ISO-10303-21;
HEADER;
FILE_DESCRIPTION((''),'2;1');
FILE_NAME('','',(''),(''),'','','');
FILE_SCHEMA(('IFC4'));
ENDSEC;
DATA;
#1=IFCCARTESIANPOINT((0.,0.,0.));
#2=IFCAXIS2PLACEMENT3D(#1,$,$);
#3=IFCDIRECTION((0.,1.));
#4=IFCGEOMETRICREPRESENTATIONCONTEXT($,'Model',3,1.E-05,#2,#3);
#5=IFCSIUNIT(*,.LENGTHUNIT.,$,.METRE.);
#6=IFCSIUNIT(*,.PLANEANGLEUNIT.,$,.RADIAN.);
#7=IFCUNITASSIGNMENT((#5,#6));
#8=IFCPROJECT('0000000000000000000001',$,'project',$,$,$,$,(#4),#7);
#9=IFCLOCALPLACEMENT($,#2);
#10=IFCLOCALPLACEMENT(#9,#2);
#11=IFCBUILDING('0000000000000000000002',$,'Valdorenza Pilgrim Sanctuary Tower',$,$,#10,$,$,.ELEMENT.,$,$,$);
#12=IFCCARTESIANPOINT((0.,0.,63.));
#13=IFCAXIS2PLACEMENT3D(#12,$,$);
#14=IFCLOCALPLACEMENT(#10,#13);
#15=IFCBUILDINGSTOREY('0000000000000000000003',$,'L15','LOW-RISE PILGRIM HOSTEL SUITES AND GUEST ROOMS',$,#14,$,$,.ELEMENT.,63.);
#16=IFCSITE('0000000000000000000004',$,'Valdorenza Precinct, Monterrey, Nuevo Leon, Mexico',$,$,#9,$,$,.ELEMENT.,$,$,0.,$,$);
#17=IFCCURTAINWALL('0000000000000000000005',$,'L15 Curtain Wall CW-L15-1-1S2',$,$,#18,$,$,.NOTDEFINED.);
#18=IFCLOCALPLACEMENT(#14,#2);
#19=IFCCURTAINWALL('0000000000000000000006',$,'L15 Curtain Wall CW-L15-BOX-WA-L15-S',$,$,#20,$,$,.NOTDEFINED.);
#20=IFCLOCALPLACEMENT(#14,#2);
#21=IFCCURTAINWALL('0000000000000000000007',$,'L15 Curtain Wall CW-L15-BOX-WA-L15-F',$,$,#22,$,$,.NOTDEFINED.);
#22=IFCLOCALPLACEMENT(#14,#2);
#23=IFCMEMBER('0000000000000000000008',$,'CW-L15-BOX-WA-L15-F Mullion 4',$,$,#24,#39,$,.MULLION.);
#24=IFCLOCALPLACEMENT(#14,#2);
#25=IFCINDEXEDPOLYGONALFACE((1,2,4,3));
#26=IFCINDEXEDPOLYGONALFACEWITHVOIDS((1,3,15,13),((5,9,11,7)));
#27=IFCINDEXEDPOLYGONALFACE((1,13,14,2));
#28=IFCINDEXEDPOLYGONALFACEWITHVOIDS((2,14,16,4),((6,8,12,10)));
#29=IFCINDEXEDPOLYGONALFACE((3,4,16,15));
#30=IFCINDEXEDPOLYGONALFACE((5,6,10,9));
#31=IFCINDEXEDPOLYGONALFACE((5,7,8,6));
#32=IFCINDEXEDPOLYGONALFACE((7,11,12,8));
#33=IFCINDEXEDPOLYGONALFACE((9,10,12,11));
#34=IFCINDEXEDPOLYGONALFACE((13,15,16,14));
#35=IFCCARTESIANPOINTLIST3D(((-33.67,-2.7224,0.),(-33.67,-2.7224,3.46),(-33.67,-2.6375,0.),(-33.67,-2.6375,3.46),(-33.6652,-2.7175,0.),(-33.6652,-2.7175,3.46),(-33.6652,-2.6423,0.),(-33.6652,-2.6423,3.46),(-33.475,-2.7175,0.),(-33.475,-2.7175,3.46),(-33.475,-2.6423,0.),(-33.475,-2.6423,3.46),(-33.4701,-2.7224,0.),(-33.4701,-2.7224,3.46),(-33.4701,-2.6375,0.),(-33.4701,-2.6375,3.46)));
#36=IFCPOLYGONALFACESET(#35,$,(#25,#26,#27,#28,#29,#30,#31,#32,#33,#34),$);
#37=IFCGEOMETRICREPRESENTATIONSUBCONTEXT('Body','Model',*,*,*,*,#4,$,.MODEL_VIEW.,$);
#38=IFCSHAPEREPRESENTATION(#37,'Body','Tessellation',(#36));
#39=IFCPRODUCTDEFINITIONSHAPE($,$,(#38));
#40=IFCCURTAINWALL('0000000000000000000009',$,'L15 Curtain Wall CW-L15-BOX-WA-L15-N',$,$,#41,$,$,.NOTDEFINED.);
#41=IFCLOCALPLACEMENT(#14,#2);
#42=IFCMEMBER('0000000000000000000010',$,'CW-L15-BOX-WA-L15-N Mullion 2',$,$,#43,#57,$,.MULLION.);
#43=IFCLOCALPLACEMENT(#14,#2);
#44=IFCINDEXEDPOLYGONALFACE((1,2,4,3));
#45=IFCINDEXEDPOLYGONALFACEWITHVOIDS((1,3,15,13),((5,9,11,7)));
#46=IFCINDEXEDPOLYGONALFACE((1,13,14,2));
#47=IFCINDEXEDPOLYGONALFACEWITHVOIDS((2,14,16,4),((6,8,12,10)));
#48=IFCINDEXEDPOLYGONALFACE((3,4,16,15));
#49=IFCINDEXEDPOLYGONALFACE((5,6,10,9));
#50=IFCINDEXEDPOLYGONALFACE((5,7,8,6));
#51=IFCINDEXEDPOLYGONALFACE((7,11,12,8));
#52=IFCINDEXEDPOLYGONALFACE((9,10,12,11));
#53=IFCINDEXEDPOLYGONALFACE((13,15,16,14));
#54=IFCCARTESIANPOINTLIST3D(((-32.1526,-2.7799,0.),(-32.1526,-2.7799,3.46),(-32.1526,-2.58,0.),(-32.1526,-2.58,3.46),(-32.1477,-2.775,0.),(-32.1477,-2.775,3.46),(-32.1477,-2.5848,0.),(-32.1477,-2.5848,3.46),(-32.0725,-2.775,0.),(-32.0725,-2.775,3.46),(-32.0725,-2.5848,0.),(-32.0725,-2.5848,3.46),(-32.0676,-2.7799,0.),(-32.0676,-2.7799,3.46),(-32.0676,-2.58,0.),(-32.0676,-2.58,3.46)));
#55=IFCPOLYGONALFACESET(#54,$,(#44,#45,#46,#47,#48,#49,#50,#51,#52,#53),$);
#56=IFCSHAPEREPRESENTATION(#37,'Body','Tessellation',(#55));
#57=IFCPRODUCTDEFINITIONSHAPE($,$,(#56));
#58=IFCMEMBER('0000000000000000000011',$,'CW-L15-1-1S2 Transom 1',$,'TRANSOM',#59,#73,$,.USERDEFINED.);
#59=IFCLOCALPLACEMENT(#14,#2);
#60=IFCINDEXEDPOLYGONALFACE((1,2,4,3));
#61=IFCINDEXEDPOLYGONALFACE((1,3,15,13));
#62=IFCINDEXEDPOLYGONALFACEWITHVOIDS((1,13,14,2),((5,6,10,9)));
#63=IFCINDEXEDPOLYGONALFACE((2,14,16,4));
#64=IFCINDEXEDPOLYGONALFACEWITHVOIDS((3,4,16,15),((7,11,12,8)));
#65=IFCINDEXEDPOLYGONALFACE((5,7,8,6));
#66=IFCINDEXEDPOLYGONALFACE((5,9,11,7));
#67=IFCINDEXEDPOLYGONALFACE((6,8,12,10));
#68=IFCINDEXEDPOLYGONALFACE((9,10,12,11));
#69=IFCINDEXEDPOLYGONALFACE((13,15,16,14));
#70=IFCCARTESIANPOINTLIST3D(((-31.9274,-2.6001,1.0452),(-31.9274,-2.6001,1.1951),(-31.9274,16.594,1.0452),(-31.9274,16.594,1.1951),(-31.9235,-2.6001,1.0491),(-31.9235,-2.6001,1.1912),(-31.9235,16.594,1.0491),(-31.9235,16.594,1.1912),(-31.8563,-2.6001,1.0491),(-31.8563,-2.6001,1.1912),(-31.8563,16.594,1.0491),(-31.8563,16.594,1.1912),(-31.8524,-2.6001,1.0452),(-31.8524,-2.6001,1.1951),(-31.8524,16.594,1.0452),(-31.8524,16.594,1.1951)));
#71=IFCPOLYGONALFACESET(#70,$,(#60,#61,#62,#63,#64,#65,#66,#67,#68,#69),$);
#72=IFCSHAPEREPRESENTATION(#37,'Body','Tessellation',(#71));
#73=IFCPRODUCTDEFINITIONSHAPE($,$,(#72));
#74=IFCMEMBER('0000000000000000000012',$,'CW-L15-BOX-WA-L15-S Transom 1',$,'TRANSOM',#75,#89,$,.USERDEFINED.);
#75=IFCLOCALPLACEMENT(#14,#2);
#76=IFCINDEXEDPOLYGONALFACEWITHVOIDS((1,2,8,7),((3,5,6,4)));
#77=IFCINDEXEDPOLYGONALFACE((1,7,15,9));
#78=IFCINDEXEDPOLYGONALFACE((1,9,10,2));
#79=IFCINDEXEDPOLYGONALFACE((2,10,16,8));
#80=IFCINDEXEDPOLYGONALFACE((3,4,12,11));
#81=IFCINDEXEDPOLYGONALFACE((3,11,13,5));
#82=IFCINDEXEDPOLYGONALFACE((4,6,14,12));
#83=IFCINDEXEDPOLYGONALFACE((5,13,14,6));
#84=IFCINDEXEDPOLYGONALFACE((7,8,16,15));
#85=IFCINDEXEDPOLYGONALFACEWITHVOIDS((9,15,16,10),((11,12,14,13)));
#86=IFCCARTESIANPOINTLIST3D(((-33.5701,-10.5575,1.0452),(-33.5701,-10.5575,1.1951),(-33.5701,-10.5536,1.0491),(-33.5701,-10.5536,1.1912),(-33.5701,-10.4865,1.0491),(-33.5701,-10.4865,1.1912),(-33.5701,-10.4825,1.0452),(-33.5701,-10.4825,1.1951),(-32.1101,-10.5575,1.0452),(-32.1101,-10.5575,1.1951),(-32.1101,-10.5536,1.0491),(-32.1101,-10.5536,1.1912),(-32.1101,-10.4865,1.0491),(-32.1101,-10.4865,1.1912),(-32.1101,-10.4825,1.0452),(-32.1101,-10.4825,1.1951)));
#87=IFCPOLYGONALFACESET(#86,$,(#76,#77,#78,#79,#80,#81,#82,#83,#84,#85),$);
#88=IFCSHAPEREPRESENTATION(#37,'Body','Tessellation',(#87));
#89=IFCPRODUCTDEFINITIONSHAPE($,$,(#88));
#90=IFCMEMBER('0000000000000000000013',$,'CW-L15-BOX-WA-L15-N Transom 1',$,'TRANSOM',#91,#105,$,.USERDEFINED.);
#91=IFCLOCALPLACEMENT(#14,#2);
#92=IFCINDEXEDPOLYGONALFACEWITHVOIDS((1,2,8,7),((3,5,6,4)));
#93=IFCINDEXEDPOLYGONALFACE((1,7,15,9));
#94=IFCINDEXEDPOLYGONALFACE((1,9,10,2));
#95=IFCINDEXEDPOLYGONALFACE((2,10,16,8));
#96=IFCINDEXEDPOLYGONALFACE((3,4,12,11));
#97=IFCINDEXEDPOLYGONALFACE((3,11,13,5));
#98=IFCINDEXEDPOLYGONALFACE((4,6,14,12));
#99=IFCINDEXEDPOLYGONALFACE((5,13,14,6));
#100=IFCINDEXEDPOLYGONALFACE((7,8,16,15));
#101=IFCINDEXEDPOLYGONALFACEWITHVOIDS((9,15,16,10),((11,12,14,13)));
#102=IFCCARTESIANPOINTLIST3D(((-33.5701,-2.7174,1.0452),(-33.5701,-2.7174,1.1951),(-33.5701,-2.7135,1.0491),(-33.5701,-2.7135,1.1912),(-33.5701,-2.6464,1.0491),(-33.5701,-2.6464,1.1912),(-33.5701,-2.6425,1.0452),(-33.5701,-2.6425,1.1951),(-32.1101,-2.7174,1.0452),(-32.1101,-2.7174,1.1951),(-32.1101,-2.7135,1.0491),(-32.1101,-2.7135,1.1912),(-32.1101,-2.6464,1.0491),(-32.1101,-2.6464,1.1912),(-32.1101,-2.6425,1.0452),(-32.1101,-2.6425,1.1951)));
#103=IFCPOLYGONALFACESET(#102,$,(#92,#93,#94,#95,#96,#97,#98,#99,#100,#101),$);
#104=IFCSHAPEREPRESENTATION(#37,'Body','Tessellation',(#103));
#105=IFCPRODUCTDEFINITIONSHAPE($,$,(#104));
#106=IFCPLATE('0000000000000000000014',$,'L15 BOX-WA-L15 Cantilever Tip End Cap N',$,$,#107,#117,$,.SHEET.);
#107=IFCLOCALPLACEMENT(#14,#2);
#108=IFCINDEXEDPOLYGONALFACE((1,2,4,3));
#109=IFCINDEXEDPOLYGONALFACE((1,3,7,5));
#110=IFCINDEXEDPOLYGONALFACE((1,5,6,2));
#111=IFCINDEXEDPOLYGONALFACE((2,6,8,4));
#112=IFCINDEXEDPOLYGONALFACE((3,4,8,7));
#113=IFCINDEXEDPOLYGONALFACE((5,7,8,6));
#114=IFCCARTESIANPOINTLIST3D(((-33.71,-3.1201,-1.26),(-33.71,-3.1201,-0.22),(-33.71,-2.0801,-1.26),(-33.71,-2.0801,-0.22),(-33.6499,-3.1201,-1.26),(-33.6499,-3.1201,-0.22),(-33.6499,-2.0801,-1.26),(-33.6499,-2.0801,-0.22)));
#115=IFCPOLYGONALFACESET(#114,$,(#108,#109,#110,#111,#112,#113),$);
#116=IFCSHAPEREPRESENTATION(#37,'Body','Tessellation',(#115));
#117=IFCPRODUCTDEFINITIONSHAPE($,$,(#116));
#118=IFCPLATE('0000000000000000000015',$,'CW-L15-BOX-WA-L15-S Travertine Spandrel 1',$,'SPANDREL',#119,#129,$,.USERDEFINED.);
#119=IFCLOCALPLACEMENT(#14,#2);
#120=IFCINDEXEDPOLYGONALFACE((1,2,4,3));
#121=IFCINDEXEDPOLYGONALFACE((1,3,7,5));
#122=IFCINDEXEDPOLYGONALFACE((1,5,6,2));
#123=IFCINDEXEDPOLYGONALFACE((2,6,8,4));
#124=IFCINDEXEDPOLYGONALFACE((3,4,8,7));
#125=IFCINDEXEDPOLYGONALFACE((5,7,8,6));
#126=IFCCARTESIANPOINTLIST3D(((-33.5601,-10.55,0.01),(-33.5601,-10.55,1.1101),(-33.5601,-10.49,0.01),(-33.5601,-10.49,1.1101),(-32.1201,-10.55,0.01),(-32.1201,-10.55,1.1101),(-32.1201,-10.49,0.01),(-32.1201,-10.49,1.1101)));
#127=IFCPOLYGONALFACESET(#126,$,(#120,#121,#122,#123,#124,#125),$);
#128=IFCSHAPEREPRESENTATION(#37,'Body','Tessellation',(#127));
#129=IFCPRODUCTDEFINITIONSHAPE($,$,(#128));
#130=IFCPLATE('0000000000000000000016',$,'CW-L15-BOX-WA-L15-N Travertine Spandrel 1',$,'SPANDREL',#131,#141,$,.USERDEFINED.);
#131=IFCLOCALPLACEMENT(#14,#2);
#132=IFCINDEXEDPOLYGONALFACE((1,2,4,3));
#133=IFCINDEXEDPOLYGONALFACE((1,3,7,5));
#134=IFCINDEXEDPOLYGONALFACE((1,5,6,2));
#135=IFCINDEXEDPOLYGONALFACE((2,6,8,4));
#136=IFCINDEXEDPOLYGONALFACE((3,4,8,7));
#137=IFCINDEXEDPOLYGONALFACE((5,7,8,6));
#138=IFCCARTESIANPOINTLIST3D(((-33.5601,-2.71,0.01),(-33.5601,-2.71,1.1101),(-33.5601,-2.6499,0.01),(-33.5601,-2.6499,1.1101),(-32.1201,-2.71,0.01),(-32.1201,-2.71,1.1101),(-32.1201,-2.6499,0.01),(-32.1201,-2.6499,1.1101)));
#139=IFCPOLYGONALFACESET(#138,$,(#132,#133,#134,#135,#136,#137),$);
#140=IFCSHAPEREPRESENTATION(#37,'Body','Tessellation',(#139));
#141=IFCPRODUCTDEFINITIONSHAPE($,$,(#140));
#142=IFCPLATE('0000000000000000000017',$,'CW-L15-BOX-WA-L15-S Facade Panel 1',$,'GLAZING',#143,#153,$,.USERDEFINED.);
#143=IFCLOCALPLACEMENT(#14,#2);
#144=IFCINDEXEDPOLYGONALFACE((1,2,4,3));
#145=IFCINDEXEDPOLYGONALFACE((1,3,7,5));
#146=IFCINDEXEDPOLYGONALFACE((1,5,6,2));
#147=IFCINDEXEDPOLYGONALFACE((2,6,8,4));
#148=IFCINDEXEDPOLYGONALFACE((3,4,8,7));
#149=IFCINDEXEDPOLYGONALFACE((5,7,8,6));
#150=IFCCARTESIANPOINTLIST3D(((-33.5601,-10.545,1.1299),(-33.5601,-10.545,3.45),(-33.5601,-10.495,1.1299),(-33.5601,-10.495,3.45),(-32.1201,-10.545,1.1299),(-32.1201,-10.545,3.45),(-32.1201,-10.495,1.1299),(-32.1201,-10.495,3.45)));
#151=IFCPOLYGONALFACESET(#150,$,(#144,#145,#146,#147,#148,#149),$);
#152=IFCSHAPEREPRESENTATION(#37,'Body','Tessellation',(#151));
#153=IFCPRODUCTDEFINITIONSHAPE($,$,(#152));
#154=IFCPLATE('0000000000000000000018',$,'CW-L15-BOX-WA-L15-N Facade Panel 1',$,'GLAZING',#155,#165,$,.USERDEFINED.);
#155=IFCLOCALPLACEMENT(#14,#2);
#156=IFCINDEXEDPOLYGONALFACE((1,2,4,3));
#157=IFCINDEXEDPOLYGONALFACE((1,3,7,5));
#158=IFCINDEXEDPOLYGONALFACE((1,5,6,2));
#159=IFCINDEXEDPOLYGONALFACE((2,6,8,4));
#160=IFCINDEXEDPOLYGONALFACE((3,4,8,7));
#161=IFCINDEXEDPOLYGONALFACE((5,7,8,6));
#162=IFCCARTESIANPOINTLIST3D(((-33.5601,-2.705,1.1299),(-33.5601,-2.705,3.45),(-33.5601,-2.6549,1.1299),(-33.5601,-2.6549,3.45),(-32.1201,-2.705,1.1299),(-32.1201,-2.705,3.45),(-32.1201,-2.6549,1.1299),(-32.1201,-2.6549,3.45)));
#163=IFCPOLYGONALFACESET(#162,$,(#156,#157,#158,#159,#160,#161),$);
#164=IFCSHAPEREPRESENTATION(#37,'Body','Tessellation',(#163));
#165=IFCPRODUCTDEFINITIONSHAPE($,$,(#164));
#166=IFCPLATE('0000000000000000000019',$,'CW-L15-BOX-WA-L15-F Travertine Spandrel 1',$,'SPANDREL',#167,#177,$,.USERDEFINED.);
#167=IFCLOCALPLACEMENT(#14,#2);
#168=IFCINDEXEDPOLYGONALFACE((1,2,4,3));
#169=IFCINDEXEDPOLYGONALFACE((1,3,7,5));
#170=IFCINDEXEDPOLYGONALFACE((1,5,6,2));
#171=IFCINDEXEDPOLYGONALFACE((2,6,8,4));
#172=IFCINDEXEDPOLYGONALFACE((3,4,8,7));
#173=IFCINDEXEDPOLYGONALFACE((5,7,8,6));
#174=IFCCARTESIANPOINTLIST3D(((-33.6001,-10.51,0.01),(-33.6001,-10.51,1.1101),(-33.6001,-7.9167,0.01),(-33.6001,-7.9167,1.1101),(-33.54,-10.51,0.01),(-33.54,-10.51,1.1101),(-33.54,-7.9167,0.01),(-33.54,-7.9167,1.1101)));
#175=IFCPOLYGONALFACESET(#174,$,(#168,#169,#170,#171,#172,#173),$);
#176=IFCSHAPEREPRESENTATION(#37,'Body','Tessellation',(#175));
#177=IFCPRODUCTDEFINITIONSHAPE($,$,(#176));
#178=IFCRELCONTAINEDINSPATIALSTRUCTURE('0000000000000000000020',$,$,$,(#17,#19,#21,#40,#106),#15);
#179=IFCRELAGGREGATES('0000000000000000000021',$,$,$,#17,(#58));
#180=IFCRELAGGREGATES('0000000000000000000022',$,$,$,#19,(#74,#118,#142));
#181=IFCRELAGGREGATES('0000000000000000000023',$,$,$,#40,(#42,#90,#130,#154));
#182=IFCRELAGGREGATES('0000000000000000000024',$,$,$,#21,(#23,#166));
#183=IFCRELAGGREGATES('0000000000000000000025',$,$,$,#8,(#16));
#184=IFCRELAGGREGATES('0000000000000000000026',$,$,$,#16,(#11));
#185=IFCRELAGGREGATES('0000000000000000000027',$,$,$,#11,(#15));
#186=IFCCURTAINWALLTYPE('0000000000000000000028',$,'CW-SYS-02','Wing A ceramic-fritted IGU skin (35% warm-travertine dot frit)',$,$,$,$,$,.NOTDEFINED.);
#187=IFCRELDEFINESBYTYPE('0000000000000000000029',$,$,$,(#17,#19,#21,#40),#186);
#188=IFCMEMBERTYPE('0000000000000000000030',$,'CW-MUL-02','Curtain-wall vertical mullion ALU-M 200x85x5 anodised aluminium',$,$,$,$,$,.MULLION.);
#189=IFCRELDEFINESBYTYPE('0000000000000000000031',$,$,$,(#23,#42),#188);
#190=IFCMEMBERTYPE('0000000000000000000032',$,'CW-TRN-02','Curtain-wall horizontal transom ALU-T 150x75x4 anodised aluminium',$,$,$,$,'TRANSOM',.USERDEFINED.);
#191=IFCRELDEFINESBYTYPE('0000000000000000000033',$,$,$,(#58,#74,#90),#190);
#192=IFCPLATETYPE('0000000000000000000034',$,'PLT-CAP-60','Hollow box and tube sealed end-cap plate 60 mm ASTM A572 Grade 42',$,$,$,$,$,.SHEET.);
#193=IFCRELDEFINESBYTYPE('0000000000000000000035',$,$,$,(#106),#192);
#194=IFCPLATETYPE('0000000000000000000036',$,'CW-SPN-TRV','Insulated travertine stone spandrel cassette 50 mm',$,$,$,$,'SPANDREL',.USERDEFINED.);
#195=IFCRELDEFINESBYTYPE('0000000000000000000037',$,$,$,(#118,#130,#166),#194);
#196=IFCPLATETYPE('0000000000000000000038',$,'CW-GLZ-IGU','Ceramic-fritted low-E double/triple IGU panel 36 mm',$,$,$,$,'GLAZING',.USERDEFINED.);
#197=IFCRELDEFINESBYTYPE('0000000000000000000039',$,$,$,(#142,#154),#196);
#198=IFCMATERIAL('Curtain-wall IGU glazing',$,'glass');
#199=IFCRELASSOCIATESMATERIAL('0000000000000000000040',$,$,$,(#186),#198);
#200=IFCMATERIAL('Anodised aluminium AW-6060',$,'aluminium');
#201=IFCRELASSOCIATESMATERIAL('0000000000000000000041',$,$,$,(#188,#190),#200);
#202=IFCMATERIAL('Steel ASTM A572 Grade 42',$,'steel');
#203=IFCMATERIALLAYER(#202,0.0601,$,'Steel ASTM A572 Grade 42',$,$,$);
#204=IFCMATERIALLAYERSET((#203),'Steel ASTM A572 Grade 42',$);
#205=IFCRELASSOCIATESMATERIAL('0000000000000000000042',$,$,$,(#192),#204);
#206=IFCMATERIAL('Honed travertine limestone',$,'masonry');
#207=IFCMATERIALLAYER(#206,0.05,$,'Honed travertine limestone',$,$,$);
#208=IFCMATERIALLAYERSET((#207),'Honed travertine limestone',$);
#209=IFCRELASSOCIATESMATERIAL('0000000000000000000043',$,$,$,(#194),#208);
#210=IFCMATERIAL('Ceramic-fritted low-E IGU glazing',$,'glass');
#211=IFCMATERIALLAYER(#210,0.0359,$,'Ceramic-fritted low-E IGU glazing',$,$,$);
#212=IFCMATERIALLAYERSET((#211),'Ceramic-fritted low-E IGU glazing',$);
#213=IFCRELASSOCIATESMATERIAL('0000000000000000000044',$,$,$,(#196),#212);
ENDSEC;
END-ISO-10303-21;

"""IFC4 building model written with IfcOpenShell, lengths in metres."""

from ifc_helpers import new_model, si_unit, direction, frame, origin, origin_2d, place, context, subcontext, project, spatial, rectangle, hollow_rectangle, extrude, source, transform, mapped, material, layer, layer_set, material_profile, profile_set, type_object, element, aggregate, save


model = new_model("IFC4")

# Units and contexts
model_context = context("Model", 3, precision=1e-05, world=origin(), true_north=direction((0.0, 1.0)))
body_context = subcontext(model_context, "Body", "Model", "MODEL_VIEW")
ifc_project = project(units=[si_unit("LENGTHUNIT", "METRE"), si_unit("PLANEANGLEUNIT", "RADIAN")], contexts=[model_context])

# Site, building, storey
site_placement = place(None, origin())
site = spatial("IfcSite", under=ifc_project, at=site_placement, Name="Valdorenza Precinct, Monterrey, Nuevo Leon, Mexico", CompositionType="ELEMENT", RefElevation=0.0)
building_placement = place(site_placement, origin())
building = spatial("IfcBuilding", under=site, at=building_placement, Name="Valdorenza Pilgrim Sanctuary Tower", CompositionType="ELEMENT")
storey_placement = place(building_placement, frame((0.0, 0.0, 63.0)))
storey = spatial("IfcBuildingStorey", under=building, at=storey_placement, Name="L15", Description="LOW-RISE PILGRIM HOSTEL SUITES AND GUEST ROOMS", CompositionType="ELEMENT", Elevation=63.0)

# Shared definitions
ifc_material_1 = material(Name="Steel ASTM A572 Grade 42", Category="steel")

# Curtain walls
ifc_material_2 = material(Name="Curtain-wall IGU glazing", Category="glass")
curtain_wall_type = type_object("IfcCurtainWallType", Name="CW-SYS-02", Description="Wing A ceramic-fritted IGU skin (35% warm-travertine dot frit)", PredefinedType="NOTDEFINED", material=ifc_material_2)
curtain_wall_1_placement = place(storey_placement, origin())
curtain_wall_1 = element("IfcCurtainWall", 1, at=curtain_wall_1_placement, inside=storey, type_object=curtain_wall_type, Name="L15 Curtain Wall CW-L15-1-1S2", PredefinedType="NOTDEFINED")
ifc_material_3 = material(Name="Anodised aluminium AW-6060", Category="aluminium")
ifc_material_profile_1 = material_profile(ifc_material_3, hollow_rectangle(XDim=0.085, YDim=0.2, WallThickness=0.0049, at=origin_2d()), Name="ALU-M 200x85x5")
ifc_profile_set_1 = profile_set([ifc_material_profile_1], Name="Anodised aluminium AW-6060")
member_type_1 = type_object("IfcMemberType", Name="CW-MUL-02", Description="Curtain-wall vertical mullion ALU-M 200x85x5 anodised aluminium", PredefinedType="MULLION", material=ifc_profile_set_1)
shared_shape_1 = source(origin(), body_context, "Body", "SweptSolid", [
    extrude(hollow_rectangle(XDim=0.085, YDim=0.2, WallThickness=0.0049, at=origin_2d()), origin(), (0.0, 0.0, 1.0), 3.46),
])
curtain_wall_2_placement = place(storey_placement, origin())
curtain_wall_2 = element("IfcCurtainWall", 2, at=curtain_wall_2_placement, inside=storey, type_object=curtain_wall_type, Name="L15 Curtain Wall CW-L15-BOX-WA-L15-S", PredefinedType="NOTDEFINED")

# Curtain wall, member
curtain_wall_3_placement = place(storey_placement, origin())
curtain_wall_3 = element("IfcCurtainWall", 3, at=curtain_wall_3_placement, inside=storey, type_object=curtain_wall_type, Name="L15 Curtain Wall CW-L15-BOX-WA-L15-F", PredefinedType="NOTDEFINED")
member_1_placement = place(storey_placement, frame((-33.5701, -2.6799, 0.0), z_axis=(0.0, 0.0, 1.0), x_axis=(0.0, 1.0, 0.0)))
member_1 = element("IfcMember", 4, at=member_1_placement, type_object=member_type_1, Name="CW-L15-BOX-WA-L15-F Mullion 4", PredefinedType="MULLION", context=body_context, shape_type="MappedRepresentation", body=[
    mapped(shared_shape_1, transform((0.0, 0.0, 0.0), x_axis=(1.0, 0.0, 0.0), y_axis=(0.0, 1.0, 0.0), z_axis=(0.0, 0.0, 1.0), scale=1.0)),
])

# Curtain wall, member
curtain_wall_4_placement = place(storey_placement, origin())
curtain_wall_4 = element("IfcCurtainWall", 5, at=curtain_wall_4_placement, inside=storey, type_object=curtain_wall_type, Name="L15 Curtain Wall CW-L15-BOX-WA-L15-N", PredefinedType="NOTDEFINED")
member_2_placement = place(storey_placement, frame((-32.1101, -2.6799, 0.0), z_axis=(0.0, 0.0, 1.0), x_axis=(1.0, 0.0, 0.0)))
member_2 = element("IfcMember", 6, at=member_2_placement, type_object=member_type_1, Name="CW-L15-BOX-WA-L15-N Mullion 2", PredefinedType="MULLION", context=body_context, shape_type="MappedRepresentation", body=[
    mapped(shared_shape_1, transform((0.0, 0.0, 0.0), x_axis=(1.0, 0.0, 0.0), y_axis=(0.0, 1.0, 0.0), z_axis=(0.0, 0.0, 1.0), scale=1.0)),
])

# Members
ifc_material_profile_2 = material_profile(ifc_material_3, hollow_rectangle(XDim=0.075, YDim=0.1499, WallThickness=0.0039, at=origin_2d()), Name="ALU-T 150x75x4")
ifc_profile_set_2 = profile_set([ifc_material_profile_2], Name="Anodised aluminium AW-6060")
member_type_2 = type_object("IfcMemberType", Name="CW-TRN-02", Description="Curtain-wall horizontal transom ALU-T 150x75x4 anodised aluminium", ElementType="TRANSOM", PredefinedType="USERDEFINED", material=ifc_profile_set_2)
shared_shape_2 = source(origin(), body_context, "Body", "SweptSolid", [
    extrude(hollow_rectangle(XDim=0.075, YDim=0.1499, WallThickness=0.0039, at=origin_2d()), origin(), (0.0, 0.0, 1.0), 19.1941),
])
member_3_placement = place(storey_placement, frame((-31.8899, -2.6001, 1.1201), z_axis=(0.0, 1.0, 0.0), x_axis=(-1.0, 0.0, 0.0)))
member_3 = element("IfcMember", 7, at=member_3_placement, type_object=member_type_2, Name="CW-L15-1-1S2 Transom 1", ObjectType="TRANSOM", PredefinedType="USERDEFINED", context=body_context, shape_type="MappedRepresentation", body=[
    mapped(shared_shape_2, transform((0.0, 0.0, 0.0), x_axis=(1.0, 0.0, 0.0), y_axis=(0.0, 1.0, 0.0), z_axis=(0.0, 0.0, 1.0), scale=1.0)),
])
aggregate(curtain_wall_1, [member_3])
shared_shape_3 = source(origin(), body_context, "Body", "SweptSolid", [
    extrude(hollow_rectangle(XDim=0.075, YDim=0.1499, WallThickness=0.0039, at=origin_2d()), origin(), (0.0, 0.0, 1.0), 1.46),
])
member_4_placement = place(storey_placement, frame((-32.1101, -10.52, 1.1201), z_axis=(-1.0, 0.0, 0.0), x_axis=(0.0, -1.0, 0.0)))
member_4 = element("IfcMember", 8, at=member_4_placement, type_object=member_type_2, Name="CW-L15-BOX-WA-L15-S Transom 1", ObjectType="TRANSOM", PredefinedType="USERDEFINED", context=body_context, shape_type="MappedRepresentation", body=[
    mapped(shared_shape_3, transform((0.0, 0.0, 0.0), x_axis=(1.0, 0.0, 0.0), y_axis=(0.0, 1.0, 0.0), z_axis=(0.0, 0.0, 1.0), scale=1.0)),
])
member_5_placement = place(storey_placement, frame((-33.5701, -2.6799, 1.1201), z_axis=(1.0, 0.0, 0.0), x_axis=(0.0, 1.0, 0.0)))
member_5 = element("IfcMember", 9, at=member_5_placement, type_object=member_type_2, Name="CW-L15-BOX-WA-L15-N Transom 1", ObjectType="TRANSOM", PredefinedType="USERDEFINED", context=body_context, shape_type="MappedRepresentation", body=[
    mapped(shared_shape_3, transform((0.0, 0.0, 0.0), x_axis=(1.0, 0.0, 0.0), y_axis=(0.0, 1.0, 0.0), z_axis=(0.0, 0.0, 1.0), scale=1.0)),
])

# Plates
ifc_layer_1 = layer(ifc_material_1, 0.0601, Name="Steel ASTM A572 Grade 42")
ifc_layer_set_1 = layer_set([ifc_layer_1], Name="Steel ASTM A572 Grade 42")
plate_type_1 = type_object("IfcPlateType", Name="PLT-CAP-60", Description="Hollow box and tube sealed end-cap plate 60 mm ASTM A572 Grade 42", PredefinedType="SHEET", material=ifc_layer_set_1)
shared_shape_4 = source(origin(), body_context, "Body", "SweptSolid", [
    extrude(rectangle(XDim=0.0601, YDim=1.04, at=origin_2d()), origin(), (0.0, 0.0, 1.0), 1.04),
])
plate_1_placement = place(storey_placement, frame((-33.6799, -2.6001, -1.26), z_axis=(0.0, 0.0, 1.0), x_axis=(1.0, 0.0, 0.0)))
element("IfcPlate", 10, at=plate_1_placement, inside=storey, type_object=plate_type_1, Name="L15 BOX-WA-L15 Cantilever Tip End Cap N", PredefinedType="SHEET", context=body_context, shape_type="MappedRepresentation", body=[
    mapped(shared_shape_4, transform((0.0, 0.0, 0.0), x_axis=(1.0, 0.0, 0.0), y_axis=(0.0, 1.0, 0.0), z_axis=(0.0, 0.0, 1.0), scale=1.0)),
])
ifc_material_4 = material(Name="Honed travertine limestone", Category="masonry")
ifc_layer_2 = layer(ifc_material_4, 0.05, Name="Honed travertine limestone")
ifc_layer_set_2 = layer_set([ifc_layer_2], Name="Honed travertine limestone")
plate_type_2 = type_object("IfcPlateType", Name="CW-SPN-TRV", Description="Insulated travertine stone spandrel cassette 50 mm", ElementType="SPANDREL", PredefinedType="USERDEFINED", material=ifc_layer_set_2)
shared_shape_5 = source(origin(), body_context, "Body", "SweptSolid", [
    extrude(rectangle(XDim=1.4399, YDim=0.0601, at=origin_2d()), origin(), (0.0, 0.0, 1.0), 1.1001),
])
plate_2_placement = place(storey_placement, frame((-32.8401, -10.52, 0.01), z_axis=(0.0, 0.0, 1.0), x_axis=(-1.0, 0.0, 0.0)))
plate_2 = element("IfcPlate", 11, at=plate_2_placement, type_object=plate_type_2, Name="CW-L15-BOX-WA-L15-S Travertine Spandrel 1", ObjectType="SPANDREL", PredefinedType="USERDEFINED", context=body_context, shape_type="MappedRepresentation", body=[
    mapped(shared_shape_5, transform((0.0, 0.0, 0.0), x_axis=(1.0, 0.0, 0.0), y_axis=(0.0, 1.0, 0.0), z_axis=(0.0, 0.0, 1.0), scale=1.0)),
])
plate_3_placement = place(storey_placement, frame((-32.8401, -2.6799, 0.01), z_axis=(0.0, 0.0, 1.0), x_axis=(1.0, 0.0, 0.0)))
plate_3 = element("IfcPlate", 12, at=plate_3_placement, type_object=plate_type_2, Name="CW-L15-BOX-WA-L15-N Travertine Spandrel 1", ObjectType="SPANDREL", PredefinedType="USERDEFINED", context=body_context, shape_type="MappedRepresentation", body=[
    mapped(shared_shape_5, transform((0.0, 0.0, 0.0), x_axis=(1.0, 0.0, 0.0), y_axis=(0.0, 1.0, 0.0), z_axis=(0.0, 0.0, 1.0), scale=1.0)),
])
ifc_material_5 = material(Name="Ceramic-fritted low-E IGU glazing", Category="glass")
ifc_layer_3 = layer(ifc_material_5, 0.0359, Name="Ceramic-fritted low-E IGU glazing")
ifc_layer_set_3 = layer_set([ifc_layer_3], Name="Ceramic-fritted low-E IGU glazing")
plate_type_3 = type_object("IfcPlateType", Name="CW-GLZ-IGU", Description="Ceramic-fritted low-E double/triple IGU panel 36 mm", ElementType="GLAZING", PredefinedType="USERDEFINED", material=ifc_layer_set_3)
shared_shape_6 = source(origin(), body_context, "Body", "SweptSolid", [
    extrude(rectangle(XDim=1.4399, YDim=0.05, at=origin_2d()), origin(), (0.0, 0.0, 1.0), 2.3201),
])
plate_4_placement = place(storey_placement, frame((-32.8401, -10.52, 1.1299), z_axis=(0.0, 0.0, 1.0), x_axis=(-1.0, 0.0, 0.0)))
plate_4 = element("IfcPlate", 13, at=plate_4_placement, type_object=plate_type_3, Name="CW-L15-BOX-WA-L15-S Facade Panel 1", ObjectType="GLAZING", PredefinedType="USERDEFINED", context=body_context, shape_type="MappedRepresentation", body=[
    mapped(shared_shape_6, transform((0.0, 0.0, 0.0), x_axis=(1.0, 0.0, 0.0), y_axis=(0.0, 1.0, 0.0), z_axis=(0.0, 0.0, 1.0), scale=1.0)),
])
aggregate(curtain_wall_2, [member_4, plate_2, plate_4])
plate_5_placement = place(storey_placement, frame((-32.8401, -2.6799, 1.1299), z_axis=(0.0, 0.0, 1.0), x_axis=(1.0, 0.0, 0.0)))
plate_5 = element("IfcPlate", 14, at=plate_5_placement, type_object=plate_type_3, Name="CW-L15-BOX-WA-L15-N Facade Panel 1", ObjectType="GLAZING", PredefinedType="USERDEFINED", context=body_context, shape_type="MappedRepresentation", body=[
    mapped(shared_shape_6, transform((0.0, 0.0, 0.0), x_axis=(1.0, 0.0, 0.0), y_axis=(0.0, 1.0, 0.0), z_axis=(0.0, 0.0, 1.0), scale=1.0)),
])
aggregate(curtain_wall_4, [member_2, member_5, plate_3, plate_5])
shared_shape_7 = source(origin(), body_context, "Body", "SweptSolid", [
    extrude(rectangle(XDim=2.5933, YDim=0.0601, at=origin_2d()), origin(), (0.0, 0.0, 1.0), 1.1001),
])
plate_6_placement = place(storey_placement, frame((-33.5701, -9.2134, 0.01), z_axis=(0.0, 0.0, 1.0), x_axis=(0.0, 1.0, 0.0)))
plate_6 = element("IfcPlate", 15, at=plate_6_placement, type_object=plate_type_2, Name="CW-L15-BOX-WA-L15-F Travertine Spandrel 1", ObjectType="SPANDREL", PredefinedType="USERDEFINED", context=body_context, shape_type="MappedRepresentation", body=[
    mapped(shared_shape_7, transform((0.0, 0.0, 0.0), x_axis=(1.0, 0.0, 0.0), y_axis=(0.0, 1.0, 0.0), z_axis=(0.0, 0.0, 1.0), scale=1.0)),
])
aggregate(curtain_wall_3, [member_1, plate_6])

save(model, "model.ifc")
